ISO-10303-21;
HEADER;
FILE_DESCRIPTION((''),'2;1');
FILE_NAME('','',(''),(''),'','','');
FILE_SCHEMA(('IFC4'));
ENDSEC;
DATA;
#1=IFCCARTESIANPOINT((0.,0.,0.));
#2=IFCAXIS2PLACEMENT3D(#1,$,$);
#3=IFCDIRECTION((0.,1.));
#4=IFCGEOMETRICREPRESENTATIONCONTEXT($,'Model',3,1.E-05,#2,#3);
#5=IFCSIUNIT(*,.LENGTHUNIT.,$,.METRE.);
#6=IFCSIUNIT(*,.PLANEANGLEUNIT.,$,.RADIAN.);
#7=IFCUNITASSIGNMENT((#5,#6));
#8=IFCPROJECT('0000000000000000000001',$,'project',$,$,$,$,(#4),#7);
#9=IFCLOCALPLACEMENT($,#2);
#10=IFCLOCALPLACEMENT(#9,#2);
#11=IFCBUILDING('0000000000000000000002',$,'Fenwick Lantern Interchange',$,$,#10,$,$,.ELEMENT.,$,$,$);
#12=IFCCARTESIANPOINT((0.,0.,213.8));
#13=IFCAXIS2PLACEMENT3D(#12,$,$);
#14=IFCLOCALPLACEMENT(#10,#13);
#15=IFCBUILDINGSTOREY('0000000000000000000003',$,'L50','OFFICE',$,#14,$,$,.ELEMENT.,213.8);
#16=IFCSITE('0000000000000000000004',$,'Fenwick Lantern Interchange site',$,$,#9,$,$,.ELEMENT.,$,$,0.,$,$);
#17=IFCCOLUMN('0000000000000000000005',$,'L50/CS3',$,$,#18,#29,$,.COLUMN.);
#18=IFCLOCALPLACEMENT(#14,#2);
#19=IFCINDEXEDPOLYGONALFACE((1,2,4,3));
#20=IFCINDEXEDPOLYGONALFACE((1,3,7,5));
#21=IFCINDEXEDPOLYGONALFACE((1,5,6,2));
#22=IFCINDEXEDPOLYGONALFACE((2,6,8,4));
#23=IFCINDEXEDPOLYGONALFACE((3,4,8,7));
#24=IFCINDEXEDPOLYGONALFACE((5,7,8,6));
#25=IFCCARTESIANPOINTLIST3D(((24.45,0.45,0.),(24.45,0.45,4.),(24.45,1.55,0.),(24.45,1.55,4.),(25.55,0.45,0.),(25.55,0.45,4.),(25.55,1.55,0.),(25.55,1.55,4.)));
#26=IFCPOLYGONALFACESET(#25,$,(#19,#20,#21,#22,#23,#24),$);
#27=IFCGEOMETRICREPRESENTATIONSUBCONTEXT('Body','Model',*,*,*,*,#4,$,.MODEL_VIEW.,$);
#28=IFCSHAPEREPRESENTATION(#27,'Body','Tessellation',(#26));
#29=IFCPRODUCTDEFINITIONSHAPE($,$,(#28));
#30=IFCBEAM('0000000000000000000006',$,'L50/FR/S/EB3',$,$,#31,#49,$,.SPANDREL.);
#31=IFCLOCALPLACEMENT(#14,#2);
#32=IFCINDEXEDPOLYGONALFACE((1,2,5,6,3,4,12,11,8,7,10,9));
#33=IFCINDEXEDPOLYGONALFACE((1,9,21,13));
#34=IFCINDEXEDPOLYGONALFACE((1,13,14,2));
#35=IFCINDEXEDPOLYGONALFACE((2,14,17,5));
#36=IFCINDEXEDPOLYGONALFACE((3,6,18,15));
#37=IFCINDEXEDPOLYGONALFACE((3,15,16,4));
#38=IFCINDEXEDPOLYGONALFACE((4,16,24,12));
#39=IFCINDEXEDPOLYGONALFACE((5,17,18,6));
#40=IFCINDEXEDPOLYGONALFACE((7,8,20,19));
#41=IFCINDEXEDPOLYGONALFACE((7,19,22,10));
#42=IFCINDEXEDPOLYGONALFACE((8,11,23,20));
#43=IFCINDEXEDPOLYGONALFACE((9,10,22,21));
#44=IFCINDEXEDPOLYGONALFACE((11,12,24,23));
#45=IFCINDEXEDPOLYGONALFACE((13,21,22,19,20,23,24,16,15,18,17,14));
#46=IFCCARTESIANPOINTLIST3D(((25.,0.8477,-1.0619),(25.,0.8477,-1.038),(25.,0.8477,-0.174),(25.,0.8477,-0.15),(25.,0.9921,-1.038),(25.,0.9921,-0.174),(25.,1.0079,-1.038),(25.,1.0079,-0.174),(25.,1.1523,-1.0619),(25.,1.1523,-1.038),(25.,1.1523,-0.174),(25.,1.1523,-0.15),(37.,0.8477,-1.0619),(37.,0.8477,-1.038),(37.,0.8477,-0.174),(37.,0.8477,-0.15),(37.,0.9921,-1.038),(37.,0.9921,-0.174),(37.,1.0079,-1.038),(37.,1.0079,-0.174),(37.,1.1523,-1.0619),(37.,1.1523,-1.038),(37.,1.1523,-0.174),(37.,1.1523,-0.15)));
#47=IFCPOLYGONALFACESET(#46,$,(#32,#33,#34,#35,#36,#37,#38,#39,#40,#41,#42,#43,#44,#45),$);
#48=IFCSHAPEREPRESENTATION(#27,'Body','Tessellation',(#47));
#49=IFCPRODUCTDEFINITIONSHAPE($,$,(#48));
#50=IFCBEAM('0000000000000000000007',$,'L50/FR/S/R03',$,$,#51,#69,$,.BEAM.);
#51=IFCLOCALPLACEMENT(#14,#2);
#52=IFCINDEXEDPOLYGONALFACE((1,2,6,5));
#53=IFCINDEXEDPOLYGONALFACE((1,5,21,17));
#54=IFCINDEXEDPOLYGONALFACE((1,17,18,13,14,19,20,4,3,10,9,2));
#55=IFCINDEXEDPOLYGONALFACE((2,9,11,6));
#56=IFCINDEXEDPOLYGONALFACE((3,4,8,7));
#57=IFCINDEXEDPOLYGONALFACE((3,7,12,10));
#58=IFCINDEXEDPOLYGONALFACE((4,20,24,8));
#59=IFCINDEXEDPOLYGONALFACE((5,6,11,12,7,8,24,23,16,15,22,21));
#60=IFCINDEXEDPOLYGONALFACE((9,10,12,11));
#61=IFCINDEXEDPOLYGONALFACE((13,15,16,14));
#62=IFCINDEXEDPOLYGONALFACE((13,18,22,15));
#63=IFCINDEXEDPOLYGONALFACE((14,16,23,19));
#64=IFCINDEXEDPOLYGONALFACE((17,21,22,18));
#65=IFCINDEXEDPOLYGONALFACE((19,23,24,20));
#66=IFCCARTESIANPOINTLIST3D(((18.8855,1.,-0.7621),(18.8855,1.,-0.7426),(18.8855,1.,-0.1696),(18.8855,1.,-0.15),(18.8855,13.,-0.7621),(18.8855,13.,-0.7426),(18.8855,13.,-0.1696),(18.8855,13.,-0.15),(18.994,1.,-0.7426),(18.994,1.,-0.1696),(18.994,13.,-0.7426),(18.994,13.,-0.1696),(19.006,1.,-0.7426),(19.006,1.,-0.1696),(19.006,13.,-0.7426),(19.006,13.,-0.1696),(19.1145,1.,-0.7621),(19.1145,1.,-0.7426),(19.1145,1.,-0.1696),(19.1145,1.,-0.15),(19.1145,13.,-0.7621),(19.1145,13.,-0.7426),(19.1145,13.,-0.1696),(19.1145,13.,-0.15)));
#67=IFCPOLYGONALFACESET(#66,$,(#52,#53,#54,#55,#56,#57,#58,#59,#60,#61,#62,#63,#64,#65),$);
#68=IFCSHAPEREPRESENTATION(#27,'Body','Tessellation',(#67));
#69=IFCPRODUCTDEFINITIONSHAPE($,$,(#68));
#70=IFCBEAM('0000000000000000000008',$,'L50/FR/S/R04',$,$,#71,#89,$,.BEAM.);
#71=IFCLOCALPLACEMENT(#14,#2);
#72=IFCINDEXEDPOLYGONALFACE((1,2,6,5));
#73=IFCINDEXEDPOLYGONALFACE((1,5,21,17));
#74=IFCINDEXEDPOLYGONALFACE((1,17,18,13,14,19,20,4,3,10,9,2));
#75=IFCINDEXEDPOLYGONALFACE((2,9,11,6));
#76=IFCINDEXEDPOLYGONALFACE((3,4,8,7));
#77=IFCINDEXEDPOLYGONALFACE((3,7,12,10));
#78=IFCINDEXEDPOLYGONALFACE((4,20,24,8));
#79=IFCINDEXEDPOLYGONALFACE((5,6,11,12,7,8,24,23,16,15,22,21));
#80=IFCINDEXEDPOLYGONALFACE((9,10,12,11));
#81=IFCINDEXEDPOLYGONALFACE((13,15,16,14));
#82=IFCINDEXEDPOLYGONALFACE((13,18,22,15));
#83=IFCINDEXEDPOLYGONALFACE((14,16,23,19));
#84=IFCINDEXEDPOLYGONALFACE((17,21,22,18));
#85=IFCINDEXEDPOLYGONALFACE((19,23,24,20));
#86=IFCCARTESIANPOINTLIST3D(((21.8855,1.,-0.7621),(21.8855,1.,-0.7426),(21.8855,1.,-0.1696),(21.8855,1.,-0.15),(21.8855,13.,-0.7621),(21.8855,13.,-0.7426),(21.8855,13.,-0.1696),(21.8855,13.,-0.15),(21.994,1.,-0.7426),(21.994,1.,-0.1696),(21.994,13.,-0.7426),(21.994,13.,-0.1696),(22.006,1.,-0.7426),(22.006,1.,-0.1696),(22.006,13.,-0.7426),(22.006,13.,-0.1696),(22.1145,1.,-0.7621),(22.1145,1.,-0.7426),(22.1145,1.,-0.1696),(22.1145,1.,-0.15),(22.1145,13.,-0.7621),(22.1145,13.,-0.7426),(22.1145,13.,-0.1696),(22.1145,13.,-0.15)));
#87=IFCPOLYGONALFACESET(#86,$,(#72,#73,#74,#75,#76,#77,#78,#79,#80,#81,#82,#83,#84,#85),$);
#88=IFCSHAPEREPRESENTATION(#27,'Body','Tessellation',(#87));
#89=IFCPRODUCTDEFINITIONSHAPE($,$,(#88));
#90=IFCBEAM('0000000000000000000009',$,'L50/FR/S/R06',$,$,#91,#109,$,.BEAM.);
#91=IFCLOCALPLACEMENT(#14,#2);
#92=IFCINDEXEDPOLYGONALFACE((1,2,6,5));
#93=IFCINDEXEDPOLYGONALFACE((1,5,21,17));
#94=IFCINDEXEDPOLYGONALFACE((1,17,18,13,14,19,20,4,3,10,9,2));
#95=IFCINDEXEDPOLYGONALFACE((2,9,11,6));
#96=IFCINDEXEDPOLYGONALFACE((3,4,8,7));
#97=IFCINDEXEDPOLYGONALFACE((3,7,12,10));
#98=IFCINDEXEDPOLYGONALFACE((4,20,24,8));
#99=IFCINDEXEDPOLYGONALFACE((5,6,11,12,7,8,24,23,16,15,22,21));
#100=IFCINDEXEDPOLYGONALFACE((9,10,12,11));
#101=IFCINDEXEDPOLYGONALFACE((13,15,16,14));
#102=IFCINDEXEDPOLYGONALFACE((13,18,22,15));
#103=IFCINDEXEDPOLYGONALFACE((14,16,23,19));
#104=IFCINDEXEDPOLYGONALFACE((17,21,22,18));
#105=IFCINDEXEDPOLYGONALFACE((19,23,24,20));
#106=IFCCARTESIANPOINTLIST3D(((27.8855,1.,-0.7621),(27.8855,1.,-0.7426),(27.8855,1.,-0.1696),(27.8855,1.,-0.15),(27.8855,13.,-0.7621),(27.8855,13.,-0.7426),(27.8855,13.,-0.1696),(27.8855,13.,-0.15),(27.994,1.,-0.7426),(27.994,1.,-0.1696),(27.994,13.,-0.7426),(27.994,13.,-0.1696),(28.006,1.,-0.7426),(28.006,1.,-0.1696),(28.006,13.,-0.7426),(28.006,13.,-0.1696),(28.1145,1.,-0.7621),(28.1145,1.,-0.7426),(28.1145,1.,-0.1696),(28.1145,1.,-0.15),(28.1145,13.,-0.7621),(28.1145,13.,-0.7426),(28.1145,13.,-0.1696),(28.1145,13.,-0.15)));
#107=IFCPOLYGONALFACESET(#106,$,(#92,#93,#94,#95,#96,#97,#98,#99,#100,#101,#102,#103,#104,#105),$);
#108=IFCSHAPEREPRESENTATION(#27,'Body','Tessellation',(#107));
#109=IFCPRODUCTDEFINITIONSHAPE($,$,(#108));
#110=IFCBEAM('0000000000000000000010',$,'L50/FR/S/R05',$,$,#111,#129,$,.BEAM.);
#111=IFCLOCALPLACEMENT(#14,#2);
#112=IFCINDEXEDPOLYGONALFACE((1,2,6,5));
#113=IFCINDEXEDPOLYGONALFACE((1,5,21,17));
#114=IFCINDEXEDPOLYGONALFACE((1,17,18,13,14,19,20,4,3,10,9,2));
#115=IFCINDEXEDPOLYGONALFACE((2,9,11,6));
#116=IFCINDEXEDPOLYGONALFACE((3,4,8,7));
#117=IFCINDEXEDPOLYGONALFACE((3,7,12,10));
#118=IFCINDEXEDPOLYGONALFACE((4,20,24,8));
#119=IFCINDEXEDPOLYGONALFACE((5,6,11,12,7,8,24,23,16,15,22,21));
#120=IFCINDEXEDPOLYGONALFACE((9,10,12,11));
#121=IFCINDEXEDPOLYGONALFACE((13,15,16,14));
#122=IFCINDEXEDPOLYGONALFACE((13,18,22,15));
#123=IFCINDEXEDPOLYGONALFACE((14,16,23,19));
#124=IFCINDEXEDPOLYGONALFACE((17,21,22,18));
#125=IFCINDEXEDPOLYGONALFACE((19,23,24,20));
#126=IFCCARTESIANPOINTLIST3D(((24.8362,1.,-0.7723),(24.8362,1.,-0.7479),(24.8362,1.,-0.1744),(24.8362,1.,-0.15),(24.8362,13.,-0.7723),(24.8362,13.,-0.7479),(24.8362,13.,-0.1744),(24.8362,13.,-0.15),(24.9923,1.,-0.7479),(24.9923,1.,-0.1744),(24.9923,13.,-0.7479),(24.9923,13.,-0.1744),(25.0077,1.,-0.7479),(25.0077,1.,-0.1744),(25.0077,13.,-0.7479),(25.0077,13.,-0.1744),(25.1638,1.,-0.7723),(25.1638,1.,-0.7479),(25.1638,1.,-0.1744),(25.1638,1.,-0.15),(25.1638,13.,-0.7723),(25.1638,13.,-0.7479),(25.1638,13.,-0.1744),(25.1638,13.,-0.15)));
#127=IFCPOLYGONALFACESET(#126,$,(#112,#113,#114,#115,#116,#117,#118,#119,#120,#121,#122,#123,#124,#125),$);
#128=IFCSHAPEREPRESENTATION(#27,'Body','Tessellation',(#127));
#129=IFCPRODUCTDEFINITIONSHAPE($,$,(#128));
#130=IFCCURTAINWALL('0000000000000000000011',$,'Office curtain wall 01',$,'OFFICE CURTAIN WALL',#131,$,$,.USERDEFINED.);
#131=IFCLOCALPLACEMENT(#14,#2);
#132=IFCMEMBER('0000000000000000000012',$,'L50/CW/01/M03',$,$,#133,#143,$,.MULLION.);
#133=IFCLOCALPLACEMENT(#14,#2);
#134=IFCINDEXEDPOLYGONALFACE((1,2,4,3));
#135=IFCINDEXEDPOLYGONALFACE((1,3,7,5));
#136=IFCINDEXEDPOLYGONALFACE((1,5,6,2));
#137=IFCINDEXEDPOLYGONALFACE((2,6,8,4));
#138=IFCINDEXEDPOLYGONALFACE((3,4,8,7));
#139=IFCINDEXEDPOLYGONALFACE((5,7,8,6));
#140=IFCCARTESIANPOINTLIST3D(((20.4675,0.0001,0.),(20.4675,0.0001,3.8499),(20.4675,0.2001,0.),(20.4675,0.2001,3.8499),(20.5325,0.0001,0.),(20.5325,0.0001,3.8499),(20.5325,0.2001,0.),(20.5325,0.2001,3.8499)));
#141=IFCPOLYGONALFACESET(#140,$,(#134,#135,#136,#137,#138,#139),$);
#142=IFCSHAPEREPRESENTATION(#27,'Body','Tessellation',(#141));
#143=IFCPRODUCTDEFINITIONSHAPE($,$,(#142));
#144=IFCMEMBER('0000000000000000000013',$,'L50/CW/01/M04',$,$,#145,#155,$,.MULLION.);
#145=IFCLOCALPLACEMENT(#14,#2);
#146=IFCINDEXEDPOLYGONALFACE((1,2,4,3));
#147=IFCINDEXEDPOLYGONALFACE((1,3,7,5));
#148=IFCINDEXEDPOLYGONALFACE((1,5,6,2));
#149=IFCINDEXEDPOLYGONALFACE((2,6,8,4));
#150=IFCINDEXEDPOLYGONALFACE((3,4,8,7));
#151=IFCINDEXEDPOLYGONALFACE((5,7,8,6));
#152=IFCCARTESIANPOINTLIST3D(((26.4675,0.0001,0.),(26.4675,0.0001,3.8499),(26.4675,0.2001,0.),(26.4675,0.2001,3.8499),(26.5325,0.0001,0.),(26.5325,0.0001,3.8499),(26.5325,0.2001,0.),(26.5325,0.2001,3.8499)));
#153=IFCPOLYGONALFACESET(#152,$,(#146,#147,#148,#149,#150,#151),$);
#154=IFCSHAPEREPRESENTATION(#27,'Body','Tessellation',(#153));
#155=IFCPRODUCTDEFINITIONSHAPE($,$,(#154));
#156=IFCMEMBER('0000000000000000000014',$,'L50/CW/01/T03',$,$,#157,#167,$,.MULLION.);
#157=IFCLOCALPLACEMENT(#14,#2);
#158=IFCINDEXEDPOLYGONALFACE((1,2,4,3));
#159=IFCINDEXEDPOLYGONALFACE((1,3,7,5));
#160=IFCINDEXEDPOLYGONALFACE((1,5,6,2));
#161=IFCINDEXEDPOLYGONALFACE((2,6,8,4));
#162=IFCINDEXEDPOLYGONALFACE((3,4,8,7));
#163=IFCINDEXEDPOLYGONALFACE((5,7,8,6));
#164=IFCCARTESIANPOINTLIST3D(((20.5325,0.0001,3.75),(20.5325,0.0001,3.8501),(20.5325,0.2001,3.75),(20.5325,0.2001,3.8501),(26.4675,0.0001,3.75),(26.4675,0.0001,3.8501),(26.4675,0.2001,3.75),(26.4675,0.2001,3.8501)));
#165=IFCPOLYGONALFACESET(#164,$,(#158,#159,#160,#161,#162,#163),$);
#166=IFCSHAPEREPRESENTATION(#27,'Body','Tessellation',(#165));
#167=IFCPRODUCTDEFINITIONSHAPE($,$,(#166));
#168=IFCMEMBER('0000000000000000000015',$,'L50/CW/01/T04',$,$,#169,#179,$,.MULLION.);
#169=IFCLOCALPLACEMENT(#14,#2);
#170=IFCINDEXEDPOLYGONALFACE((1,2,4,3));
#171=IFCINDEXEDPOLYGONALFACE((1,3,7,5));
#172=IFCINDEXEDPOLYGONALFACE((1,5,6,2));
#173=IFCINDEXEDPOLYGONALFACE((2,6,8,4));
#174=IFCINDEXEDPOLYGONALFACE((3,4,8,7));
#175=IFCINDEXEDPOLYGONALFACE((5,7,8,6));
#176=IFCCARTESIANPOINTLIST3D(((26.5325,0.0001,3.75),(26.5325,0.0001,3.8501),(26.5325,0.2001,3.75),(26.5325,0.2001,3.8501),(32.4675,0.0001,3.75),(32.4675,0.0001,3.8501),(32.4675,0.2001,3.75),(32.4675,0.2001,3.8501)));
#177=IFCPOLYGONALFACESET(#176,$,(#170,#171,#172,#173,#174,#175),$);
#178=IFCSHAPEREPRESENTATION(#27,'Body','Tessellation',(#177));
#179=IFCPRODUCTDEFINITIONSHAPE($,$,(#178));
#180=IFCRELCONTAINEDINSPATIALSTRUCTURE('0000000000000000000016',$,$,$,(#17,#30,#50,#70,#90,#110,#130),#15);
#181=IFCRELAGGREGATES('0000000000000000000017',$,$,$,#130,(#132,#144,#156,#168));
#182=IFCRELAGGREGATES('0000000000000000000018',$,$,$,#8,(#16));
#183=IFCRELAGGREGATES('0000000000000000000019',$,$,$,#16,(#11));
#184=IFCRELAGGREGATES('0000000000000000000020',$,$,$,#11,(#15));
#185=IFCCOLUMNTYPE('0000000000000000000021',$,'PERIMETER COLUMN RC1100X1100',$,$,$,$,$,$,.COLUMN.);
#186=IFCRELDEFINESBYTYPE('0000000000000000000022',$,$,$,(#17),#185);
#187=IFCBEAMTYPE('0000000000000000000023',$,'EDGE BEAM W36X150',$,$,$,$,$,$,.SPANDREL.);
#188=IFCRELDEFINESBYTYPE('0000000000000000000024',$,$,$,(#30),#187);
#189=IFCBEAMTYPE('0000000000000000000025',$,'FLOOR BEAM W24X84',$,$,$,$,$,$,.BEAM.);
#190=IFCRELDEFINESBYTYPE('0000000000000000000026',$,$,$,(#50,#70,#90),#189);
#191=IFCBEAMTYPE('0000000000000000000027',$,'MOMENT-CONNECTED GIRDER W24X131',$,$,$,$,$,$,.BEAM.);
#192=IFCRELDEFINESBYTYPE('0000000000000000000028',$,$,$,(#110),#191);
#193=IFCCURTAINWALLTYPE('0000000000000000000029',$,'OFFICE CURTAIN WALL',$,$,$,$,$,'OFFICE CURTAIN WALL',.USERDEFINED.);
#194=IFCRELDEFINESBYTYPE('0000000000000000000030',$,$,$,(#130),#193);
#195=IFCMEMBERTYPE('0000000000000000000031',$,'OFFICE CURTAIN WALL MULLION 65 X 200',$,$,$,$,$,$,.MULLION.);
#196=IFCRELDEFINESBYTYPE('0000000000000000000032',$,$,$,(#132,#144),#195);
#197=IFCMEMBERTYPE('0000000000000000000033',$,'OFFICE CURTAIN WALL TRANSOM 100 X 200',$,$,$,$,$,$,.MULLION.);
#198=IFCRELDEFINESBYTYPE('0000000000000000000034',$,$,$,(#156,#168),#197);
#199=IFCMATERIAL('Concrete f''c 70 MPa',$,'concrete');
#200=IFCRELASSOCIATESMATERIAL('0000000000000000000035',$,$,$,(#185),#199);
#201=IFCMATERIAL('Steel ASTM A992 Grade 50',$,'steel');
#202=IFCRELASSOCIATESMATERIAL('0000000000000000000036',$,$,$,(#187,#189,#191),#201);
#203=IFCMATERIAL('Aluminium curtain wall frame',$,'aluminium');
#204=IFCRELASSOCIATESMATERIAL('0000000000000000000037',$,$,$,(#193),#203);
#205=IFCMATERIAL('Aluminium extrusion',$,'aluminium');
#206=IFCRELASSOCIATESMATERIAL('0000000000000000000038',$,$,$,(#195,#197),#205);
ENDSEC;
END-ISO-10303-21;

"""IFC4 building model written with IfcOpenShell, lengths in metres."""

from ifc_helpers import new_model, si_unit, direction, frame, origin, origin_2d, place, context, subcontext, project, spatial, rectangle, i_section, extrude, material, material_profile, profile_set, type_object, element, aggregate, save


model = new_model("IFC4")

# Units and contexts
model_context = context("Model", 3, precision=1e-05, world=origin(), true_north=direction((0.0, 1.0)))
body_context = subcontext(model_context, "Body", "Model", "MODEL_VIEW")
ifc_project = project(units=[si_unit("LENGTHUNIT", "METRE"), si_unit("PLANEANGLEUNIT", "RADIAN")], contexts=[model_context])

# Site, building, storey
site_placement = place(None, origin())
site = spatial("IfcSite", under=ifc_project, at=site_placement, Name="Fenwick Lantern Interchange site", CompositionType="ELEMENT", RefElevation=0.0)
building_placement = place(site_placement, origin())
building = spatial("IfcBuilding", under=site, at=building_placement, Name="Fenwick Lantern Interchange", CompositionType="ELEMENT")
storey_placement = place(building_placement, frame((0.0, 0.0, 213.8)))
storey = spatial("IfcBuildingStorey", under=building, at=storey_placement, Name="L50", Description="OFFICE", CompositionType="ELEMENT", Elevation=213.8)

# Column
ifc_material_1 = material(Name="Concrete f'c 70 MPa", Category="concrete")
ifc_material_profile_1 = material_profile(ifc_material_1, rectangle(XDim=1.1001, YDim=1.1001, at=origin_2d()), Name="RC1100X1100")
ifc_profile_set_1 = profile_set([ifc_material_profile_1], Name="Concrete f'c 70 MPa")
column_type = type_object("IfcColumnType", Name="PERIMETER COLUMN RC1100X1100", PredefinedType="COLUMN", material=ifc_profile_set_1)
column_placement = place(storey_placement, frame((25.0, 1.0, 0.0), z_axis=(0.0, 0.0, 1.0), x_axis=(1.0, 0.0, 0.0)))
element("IfcColumn", 1, at=column_placement, inside=storey, type_object=column_type, Name="L50/CS3", PredefinedType="COLUMN", context=body_context, shape_type="SweptSolid", body=[
    extrude(rectangle(XDim=1.1001, YDim=1.1001, at=origin_2d()), origin(), (0.0, 0.0, 1.0), 4.0),
])

# Beams
ifc_material_2 = material(Name="Steel ASTM A992 Grade 50", Category="steel")
ifc_material_profile_2 = material_profile(ifc_material_2, i_section(OverallWidth=0.3047, OverallDepth=0.9119, WebThickness=0.0159, FlangeThickness=0.0239, at=origin_2d()), Name="W36X150")
ifc_profile_set_2 = profile_set([ifc_material_profile_2], Name="Steel ASTM A992 Grade 50")
beam_type_1 = type_object("IfcBeamType", Name="EDGE BEAM W36X150", PredefinedType="SPANDREL", material=ifc_profile_set_2)
beam_1_placement = place(storey_placement, frame((25.0, 1.0, -0.606), z_axis=(1.0, 0.0, 0.0), x_axis=(0.0, 1.0, 0.0)))
element("IfcBeam", 2, at=beam_1_placement, inside=storey, type_object=beam_type_1, Name="L50/FR/S/EB3", PredefinedType="SPANDREL", context=body_context, shape_type="SweptSolid", body=[
    extrude(i_section(OverallWidth=0.3047, OverallDepth=0.9119, WebThickness=0.0159, FlangeThickness=0.0239, at=origin_2d()), origin(), (0.0, 0.0, 1.0), 12.0),
])
ifc_material_profile_3 = material_profile(ifc_material_2, i_section(OverallWidth=0.229, OverallDepth=0.6121, WebThickness=0.012, FlangeThickness=0.0195, at=origin_2d()), Name="W24X84")
ifc_profile_set_3 = profile_set([ifc_material_profile_3], Name="Steel ASTM A992 Grade 50")
beam_type_2 = type_object("IfcBeamType", Name="FLOOR BEAM W24X84", PredefinedType="BEAM", material=ifc_profile_set_3)
for number, where, z_axis, x_axis, name in (
    (3, (19.0, 1.0, -0.4561), (0.0, 1.0, 0.0), (-1.0, 0.0, 0.0), "L50/FR/S/R03"),
    (4, (22.0, 1.0, -0.4561), (0.0, 1.0, 0.0), (-1.0, 0.0, 0.0), "L50/FR/S/R04"),
    (5, (28.0, 1.0, -0.4561), (0.0, 1.0, 0.0), (-1.0, 0.0, 0.0), "L50/FR/S/R06"),
):
    element("IfcBeam", number, at=place(storey_placement, frame(where, z_axis=z_axis, x_axis=x_axis)), inside=storey, type_object=beam_type_2, Name=name, PredefinedType="BEAM", context=body_context, shape_type="SweptSolid", body=[
        extrude(i_section(OverallWidth=0.229, OverallDepth=0.6121, WebThickness=0.012, FlangeThickness=0.0195, at=origin_2d()), origin(), (0.0, 0.0, 1.0), 12.0),
    ])
ifc_material_profile_4 = material_profile(ifc_material_2, i_section(OverallWidth=0.3276, OverallDepth=0.6223, WebThickness=0.0154, FlangeThickness=0.0244, at=origin_2d()), Name="W24X131")
ifc_profile_set_4 = profile_set([ifc_material_profile_4], Name="Steel ASTM A992 Grade 50")
beam_type_3 = type_object("IfcBeamType", Name="MOMENT-CONNECTED GIRDER W24X131", PredefinedType="BEAM", material=ifc_profile_set_4)
beam_2_placement = place(storey_placement, frame((25.0, 1.0, -0.4612), z_axis=(0.0, 1.0, 0.0), x_axis=(-1.0, 0.0, 0.0)))
element("IfcBeam", 6, at=beam_2_placement, inside=storey, type_object=beam_type_3, Name="L50/FR/S/R05", PredefinedType="BEAM", context=body_context, shape_type="SweptSolid", body=[
    extrude(i_section(OverallWidth=0.3276, OverallDepth=0.6223, WebThickness=0.0154, FlangeThickness=0.0244, at=origin_2d()), origin(), (0.0, 0.0, 1.0), 12.0),
])

# Curtain wall, members
ifc_material_3 = material(Name="Aluminium curtain wall frame", Category="aluminium")
curtain_wall_type = type_object("IfcCurtainWallType", Name="OFFICE CURTAIN WALL", ElementType="OFFICE CURTAIN WALL", PredefinedType="USERDEFINED", material=ifc_material_3)
curtain_wall_placement = place(storey_placement, origin())
curtain_wall = element("IfcCurtainWall", 7, at=curtain_wall_placement, inside=storey, type_object=curtain_wall_type, Name="Office curtain wall 01", ObjectType="OFFICE CURTAIN WALL", PredefinedType="USERDEFINED")
ifc_material_4 = material(Name="Aluminium extrusion", Category="aluminium")
ifc_material_profile_5 = material_profile(ifc_material_4, rectangle(XDim=0.2, YDim=0.0649, at=origin_2d()), Name="OFFICE CURTAIN WALL MULLION 65 X 200")
ifc_profile_set_5 = profile_set([ifc_material_profile_5], Name="Aluminium extrusion")
member_type_1 = type_object("IfcMemberType", Name="OFFICE CURTAIN WALL MULLION 65 X 200", PredefinedType="MULLION", material=ifc_profile_set_5)
member_1_placement = place(storey_placement, frame((20.5, 0.1001, 0.0), z_axis=(0.0, 0.0, 1.0), x_axis=(0.0, 1.0, 0.0)))
member_1 = element("IfcMember", 8, at=member_1_placement, type_object=member_type_1, Name="L50/CW/01/M03", PredefinedType="MULLION", context=body_context, shape_type="SweptSolid", body=[
    extrude(rectangle(XDim=0.2, YDim=0.0649, at=origin_2d()), origin(), (0.0, 0.0, 1.0), 3.8499),
])
member_2_placement = place(storey_placement, frame((26.5, 0.1001, 0.0), z_axis=(0.0, 0.0, 1.0), x_axis=(0.0, 1.0, 0.0)))
member_2 = element("IfcMember", 9, at=member_2_placement, type_object=member_type_1, Name="L50/CW/01/M04", PredefinedType="MULLION", context=body_context, shape_type="SweptSolid", body=[
    extrude(rectangle(XDim=0.2, YDim=0.0649, at=origin_2d()), origin(), (0.0, 0.0, 1.0), 3.8499),
])
ifc_material_profile_6 = material_profile(ifc_material_4, rectangle(XDim=0.2, YDim=0.1001, at=origin_2d()), Name="OFFICE CURTAIN WALL TRANSOM 100 X 200")
ifc_profile_set_6 = profile_set([ifc_material_profile_6], Name="Aluminium extrusion")
member_type_2 = type_object("IfcMemberType", Name="OFFICE CURTAIN WALL TRANSOM 100 X 200", PredefinedType="MULLION", material=ifc_profile_set_6)
member_3_placement = place(storey_placement, frame((20.5325, 0.1001, 3.8), z_axis=(1.0, 0.0, 0.0), x_axis=(0.0, 1.0, 0.0)))
member_3 = element("IfcMember", 10, at=member_3_placement, type_object=member_type_2, Name="L50/CW/01/T03", PredefinedType="MULLION", context=body_context, shape_type="SweptSolid", body=[
    extrude(rectangle(XDim=0.2, YDim=0.1001, at=origin_2d()), origin(), (0.0, 0.0, 1.0), 5.9351),
])
member_4_placement = place(storey_placement, frame((26.5325, 0.1001, 3.8), z_axis=(1.0, 0.0, 0.0), x_axis=(0.0, 1.0, 0.0)))
member_4 = element("IfcMember", 11, at=member_4_placement, type_object=member_type_2, Name="L50/CW/01/T04", PredefinedType="MULLION", context=body_context, shape_type="SweptSolid", body=[
    extrude(rectangle(XDim=0.2, YDim=0.1001, at=origin_2d()), origin(), (0.0, 0.0, 1.0), 5.9351),
])
aggregate(curtain_wall, [member_1, member_2, member_3, member_4])

save(model, "model.ifc")
